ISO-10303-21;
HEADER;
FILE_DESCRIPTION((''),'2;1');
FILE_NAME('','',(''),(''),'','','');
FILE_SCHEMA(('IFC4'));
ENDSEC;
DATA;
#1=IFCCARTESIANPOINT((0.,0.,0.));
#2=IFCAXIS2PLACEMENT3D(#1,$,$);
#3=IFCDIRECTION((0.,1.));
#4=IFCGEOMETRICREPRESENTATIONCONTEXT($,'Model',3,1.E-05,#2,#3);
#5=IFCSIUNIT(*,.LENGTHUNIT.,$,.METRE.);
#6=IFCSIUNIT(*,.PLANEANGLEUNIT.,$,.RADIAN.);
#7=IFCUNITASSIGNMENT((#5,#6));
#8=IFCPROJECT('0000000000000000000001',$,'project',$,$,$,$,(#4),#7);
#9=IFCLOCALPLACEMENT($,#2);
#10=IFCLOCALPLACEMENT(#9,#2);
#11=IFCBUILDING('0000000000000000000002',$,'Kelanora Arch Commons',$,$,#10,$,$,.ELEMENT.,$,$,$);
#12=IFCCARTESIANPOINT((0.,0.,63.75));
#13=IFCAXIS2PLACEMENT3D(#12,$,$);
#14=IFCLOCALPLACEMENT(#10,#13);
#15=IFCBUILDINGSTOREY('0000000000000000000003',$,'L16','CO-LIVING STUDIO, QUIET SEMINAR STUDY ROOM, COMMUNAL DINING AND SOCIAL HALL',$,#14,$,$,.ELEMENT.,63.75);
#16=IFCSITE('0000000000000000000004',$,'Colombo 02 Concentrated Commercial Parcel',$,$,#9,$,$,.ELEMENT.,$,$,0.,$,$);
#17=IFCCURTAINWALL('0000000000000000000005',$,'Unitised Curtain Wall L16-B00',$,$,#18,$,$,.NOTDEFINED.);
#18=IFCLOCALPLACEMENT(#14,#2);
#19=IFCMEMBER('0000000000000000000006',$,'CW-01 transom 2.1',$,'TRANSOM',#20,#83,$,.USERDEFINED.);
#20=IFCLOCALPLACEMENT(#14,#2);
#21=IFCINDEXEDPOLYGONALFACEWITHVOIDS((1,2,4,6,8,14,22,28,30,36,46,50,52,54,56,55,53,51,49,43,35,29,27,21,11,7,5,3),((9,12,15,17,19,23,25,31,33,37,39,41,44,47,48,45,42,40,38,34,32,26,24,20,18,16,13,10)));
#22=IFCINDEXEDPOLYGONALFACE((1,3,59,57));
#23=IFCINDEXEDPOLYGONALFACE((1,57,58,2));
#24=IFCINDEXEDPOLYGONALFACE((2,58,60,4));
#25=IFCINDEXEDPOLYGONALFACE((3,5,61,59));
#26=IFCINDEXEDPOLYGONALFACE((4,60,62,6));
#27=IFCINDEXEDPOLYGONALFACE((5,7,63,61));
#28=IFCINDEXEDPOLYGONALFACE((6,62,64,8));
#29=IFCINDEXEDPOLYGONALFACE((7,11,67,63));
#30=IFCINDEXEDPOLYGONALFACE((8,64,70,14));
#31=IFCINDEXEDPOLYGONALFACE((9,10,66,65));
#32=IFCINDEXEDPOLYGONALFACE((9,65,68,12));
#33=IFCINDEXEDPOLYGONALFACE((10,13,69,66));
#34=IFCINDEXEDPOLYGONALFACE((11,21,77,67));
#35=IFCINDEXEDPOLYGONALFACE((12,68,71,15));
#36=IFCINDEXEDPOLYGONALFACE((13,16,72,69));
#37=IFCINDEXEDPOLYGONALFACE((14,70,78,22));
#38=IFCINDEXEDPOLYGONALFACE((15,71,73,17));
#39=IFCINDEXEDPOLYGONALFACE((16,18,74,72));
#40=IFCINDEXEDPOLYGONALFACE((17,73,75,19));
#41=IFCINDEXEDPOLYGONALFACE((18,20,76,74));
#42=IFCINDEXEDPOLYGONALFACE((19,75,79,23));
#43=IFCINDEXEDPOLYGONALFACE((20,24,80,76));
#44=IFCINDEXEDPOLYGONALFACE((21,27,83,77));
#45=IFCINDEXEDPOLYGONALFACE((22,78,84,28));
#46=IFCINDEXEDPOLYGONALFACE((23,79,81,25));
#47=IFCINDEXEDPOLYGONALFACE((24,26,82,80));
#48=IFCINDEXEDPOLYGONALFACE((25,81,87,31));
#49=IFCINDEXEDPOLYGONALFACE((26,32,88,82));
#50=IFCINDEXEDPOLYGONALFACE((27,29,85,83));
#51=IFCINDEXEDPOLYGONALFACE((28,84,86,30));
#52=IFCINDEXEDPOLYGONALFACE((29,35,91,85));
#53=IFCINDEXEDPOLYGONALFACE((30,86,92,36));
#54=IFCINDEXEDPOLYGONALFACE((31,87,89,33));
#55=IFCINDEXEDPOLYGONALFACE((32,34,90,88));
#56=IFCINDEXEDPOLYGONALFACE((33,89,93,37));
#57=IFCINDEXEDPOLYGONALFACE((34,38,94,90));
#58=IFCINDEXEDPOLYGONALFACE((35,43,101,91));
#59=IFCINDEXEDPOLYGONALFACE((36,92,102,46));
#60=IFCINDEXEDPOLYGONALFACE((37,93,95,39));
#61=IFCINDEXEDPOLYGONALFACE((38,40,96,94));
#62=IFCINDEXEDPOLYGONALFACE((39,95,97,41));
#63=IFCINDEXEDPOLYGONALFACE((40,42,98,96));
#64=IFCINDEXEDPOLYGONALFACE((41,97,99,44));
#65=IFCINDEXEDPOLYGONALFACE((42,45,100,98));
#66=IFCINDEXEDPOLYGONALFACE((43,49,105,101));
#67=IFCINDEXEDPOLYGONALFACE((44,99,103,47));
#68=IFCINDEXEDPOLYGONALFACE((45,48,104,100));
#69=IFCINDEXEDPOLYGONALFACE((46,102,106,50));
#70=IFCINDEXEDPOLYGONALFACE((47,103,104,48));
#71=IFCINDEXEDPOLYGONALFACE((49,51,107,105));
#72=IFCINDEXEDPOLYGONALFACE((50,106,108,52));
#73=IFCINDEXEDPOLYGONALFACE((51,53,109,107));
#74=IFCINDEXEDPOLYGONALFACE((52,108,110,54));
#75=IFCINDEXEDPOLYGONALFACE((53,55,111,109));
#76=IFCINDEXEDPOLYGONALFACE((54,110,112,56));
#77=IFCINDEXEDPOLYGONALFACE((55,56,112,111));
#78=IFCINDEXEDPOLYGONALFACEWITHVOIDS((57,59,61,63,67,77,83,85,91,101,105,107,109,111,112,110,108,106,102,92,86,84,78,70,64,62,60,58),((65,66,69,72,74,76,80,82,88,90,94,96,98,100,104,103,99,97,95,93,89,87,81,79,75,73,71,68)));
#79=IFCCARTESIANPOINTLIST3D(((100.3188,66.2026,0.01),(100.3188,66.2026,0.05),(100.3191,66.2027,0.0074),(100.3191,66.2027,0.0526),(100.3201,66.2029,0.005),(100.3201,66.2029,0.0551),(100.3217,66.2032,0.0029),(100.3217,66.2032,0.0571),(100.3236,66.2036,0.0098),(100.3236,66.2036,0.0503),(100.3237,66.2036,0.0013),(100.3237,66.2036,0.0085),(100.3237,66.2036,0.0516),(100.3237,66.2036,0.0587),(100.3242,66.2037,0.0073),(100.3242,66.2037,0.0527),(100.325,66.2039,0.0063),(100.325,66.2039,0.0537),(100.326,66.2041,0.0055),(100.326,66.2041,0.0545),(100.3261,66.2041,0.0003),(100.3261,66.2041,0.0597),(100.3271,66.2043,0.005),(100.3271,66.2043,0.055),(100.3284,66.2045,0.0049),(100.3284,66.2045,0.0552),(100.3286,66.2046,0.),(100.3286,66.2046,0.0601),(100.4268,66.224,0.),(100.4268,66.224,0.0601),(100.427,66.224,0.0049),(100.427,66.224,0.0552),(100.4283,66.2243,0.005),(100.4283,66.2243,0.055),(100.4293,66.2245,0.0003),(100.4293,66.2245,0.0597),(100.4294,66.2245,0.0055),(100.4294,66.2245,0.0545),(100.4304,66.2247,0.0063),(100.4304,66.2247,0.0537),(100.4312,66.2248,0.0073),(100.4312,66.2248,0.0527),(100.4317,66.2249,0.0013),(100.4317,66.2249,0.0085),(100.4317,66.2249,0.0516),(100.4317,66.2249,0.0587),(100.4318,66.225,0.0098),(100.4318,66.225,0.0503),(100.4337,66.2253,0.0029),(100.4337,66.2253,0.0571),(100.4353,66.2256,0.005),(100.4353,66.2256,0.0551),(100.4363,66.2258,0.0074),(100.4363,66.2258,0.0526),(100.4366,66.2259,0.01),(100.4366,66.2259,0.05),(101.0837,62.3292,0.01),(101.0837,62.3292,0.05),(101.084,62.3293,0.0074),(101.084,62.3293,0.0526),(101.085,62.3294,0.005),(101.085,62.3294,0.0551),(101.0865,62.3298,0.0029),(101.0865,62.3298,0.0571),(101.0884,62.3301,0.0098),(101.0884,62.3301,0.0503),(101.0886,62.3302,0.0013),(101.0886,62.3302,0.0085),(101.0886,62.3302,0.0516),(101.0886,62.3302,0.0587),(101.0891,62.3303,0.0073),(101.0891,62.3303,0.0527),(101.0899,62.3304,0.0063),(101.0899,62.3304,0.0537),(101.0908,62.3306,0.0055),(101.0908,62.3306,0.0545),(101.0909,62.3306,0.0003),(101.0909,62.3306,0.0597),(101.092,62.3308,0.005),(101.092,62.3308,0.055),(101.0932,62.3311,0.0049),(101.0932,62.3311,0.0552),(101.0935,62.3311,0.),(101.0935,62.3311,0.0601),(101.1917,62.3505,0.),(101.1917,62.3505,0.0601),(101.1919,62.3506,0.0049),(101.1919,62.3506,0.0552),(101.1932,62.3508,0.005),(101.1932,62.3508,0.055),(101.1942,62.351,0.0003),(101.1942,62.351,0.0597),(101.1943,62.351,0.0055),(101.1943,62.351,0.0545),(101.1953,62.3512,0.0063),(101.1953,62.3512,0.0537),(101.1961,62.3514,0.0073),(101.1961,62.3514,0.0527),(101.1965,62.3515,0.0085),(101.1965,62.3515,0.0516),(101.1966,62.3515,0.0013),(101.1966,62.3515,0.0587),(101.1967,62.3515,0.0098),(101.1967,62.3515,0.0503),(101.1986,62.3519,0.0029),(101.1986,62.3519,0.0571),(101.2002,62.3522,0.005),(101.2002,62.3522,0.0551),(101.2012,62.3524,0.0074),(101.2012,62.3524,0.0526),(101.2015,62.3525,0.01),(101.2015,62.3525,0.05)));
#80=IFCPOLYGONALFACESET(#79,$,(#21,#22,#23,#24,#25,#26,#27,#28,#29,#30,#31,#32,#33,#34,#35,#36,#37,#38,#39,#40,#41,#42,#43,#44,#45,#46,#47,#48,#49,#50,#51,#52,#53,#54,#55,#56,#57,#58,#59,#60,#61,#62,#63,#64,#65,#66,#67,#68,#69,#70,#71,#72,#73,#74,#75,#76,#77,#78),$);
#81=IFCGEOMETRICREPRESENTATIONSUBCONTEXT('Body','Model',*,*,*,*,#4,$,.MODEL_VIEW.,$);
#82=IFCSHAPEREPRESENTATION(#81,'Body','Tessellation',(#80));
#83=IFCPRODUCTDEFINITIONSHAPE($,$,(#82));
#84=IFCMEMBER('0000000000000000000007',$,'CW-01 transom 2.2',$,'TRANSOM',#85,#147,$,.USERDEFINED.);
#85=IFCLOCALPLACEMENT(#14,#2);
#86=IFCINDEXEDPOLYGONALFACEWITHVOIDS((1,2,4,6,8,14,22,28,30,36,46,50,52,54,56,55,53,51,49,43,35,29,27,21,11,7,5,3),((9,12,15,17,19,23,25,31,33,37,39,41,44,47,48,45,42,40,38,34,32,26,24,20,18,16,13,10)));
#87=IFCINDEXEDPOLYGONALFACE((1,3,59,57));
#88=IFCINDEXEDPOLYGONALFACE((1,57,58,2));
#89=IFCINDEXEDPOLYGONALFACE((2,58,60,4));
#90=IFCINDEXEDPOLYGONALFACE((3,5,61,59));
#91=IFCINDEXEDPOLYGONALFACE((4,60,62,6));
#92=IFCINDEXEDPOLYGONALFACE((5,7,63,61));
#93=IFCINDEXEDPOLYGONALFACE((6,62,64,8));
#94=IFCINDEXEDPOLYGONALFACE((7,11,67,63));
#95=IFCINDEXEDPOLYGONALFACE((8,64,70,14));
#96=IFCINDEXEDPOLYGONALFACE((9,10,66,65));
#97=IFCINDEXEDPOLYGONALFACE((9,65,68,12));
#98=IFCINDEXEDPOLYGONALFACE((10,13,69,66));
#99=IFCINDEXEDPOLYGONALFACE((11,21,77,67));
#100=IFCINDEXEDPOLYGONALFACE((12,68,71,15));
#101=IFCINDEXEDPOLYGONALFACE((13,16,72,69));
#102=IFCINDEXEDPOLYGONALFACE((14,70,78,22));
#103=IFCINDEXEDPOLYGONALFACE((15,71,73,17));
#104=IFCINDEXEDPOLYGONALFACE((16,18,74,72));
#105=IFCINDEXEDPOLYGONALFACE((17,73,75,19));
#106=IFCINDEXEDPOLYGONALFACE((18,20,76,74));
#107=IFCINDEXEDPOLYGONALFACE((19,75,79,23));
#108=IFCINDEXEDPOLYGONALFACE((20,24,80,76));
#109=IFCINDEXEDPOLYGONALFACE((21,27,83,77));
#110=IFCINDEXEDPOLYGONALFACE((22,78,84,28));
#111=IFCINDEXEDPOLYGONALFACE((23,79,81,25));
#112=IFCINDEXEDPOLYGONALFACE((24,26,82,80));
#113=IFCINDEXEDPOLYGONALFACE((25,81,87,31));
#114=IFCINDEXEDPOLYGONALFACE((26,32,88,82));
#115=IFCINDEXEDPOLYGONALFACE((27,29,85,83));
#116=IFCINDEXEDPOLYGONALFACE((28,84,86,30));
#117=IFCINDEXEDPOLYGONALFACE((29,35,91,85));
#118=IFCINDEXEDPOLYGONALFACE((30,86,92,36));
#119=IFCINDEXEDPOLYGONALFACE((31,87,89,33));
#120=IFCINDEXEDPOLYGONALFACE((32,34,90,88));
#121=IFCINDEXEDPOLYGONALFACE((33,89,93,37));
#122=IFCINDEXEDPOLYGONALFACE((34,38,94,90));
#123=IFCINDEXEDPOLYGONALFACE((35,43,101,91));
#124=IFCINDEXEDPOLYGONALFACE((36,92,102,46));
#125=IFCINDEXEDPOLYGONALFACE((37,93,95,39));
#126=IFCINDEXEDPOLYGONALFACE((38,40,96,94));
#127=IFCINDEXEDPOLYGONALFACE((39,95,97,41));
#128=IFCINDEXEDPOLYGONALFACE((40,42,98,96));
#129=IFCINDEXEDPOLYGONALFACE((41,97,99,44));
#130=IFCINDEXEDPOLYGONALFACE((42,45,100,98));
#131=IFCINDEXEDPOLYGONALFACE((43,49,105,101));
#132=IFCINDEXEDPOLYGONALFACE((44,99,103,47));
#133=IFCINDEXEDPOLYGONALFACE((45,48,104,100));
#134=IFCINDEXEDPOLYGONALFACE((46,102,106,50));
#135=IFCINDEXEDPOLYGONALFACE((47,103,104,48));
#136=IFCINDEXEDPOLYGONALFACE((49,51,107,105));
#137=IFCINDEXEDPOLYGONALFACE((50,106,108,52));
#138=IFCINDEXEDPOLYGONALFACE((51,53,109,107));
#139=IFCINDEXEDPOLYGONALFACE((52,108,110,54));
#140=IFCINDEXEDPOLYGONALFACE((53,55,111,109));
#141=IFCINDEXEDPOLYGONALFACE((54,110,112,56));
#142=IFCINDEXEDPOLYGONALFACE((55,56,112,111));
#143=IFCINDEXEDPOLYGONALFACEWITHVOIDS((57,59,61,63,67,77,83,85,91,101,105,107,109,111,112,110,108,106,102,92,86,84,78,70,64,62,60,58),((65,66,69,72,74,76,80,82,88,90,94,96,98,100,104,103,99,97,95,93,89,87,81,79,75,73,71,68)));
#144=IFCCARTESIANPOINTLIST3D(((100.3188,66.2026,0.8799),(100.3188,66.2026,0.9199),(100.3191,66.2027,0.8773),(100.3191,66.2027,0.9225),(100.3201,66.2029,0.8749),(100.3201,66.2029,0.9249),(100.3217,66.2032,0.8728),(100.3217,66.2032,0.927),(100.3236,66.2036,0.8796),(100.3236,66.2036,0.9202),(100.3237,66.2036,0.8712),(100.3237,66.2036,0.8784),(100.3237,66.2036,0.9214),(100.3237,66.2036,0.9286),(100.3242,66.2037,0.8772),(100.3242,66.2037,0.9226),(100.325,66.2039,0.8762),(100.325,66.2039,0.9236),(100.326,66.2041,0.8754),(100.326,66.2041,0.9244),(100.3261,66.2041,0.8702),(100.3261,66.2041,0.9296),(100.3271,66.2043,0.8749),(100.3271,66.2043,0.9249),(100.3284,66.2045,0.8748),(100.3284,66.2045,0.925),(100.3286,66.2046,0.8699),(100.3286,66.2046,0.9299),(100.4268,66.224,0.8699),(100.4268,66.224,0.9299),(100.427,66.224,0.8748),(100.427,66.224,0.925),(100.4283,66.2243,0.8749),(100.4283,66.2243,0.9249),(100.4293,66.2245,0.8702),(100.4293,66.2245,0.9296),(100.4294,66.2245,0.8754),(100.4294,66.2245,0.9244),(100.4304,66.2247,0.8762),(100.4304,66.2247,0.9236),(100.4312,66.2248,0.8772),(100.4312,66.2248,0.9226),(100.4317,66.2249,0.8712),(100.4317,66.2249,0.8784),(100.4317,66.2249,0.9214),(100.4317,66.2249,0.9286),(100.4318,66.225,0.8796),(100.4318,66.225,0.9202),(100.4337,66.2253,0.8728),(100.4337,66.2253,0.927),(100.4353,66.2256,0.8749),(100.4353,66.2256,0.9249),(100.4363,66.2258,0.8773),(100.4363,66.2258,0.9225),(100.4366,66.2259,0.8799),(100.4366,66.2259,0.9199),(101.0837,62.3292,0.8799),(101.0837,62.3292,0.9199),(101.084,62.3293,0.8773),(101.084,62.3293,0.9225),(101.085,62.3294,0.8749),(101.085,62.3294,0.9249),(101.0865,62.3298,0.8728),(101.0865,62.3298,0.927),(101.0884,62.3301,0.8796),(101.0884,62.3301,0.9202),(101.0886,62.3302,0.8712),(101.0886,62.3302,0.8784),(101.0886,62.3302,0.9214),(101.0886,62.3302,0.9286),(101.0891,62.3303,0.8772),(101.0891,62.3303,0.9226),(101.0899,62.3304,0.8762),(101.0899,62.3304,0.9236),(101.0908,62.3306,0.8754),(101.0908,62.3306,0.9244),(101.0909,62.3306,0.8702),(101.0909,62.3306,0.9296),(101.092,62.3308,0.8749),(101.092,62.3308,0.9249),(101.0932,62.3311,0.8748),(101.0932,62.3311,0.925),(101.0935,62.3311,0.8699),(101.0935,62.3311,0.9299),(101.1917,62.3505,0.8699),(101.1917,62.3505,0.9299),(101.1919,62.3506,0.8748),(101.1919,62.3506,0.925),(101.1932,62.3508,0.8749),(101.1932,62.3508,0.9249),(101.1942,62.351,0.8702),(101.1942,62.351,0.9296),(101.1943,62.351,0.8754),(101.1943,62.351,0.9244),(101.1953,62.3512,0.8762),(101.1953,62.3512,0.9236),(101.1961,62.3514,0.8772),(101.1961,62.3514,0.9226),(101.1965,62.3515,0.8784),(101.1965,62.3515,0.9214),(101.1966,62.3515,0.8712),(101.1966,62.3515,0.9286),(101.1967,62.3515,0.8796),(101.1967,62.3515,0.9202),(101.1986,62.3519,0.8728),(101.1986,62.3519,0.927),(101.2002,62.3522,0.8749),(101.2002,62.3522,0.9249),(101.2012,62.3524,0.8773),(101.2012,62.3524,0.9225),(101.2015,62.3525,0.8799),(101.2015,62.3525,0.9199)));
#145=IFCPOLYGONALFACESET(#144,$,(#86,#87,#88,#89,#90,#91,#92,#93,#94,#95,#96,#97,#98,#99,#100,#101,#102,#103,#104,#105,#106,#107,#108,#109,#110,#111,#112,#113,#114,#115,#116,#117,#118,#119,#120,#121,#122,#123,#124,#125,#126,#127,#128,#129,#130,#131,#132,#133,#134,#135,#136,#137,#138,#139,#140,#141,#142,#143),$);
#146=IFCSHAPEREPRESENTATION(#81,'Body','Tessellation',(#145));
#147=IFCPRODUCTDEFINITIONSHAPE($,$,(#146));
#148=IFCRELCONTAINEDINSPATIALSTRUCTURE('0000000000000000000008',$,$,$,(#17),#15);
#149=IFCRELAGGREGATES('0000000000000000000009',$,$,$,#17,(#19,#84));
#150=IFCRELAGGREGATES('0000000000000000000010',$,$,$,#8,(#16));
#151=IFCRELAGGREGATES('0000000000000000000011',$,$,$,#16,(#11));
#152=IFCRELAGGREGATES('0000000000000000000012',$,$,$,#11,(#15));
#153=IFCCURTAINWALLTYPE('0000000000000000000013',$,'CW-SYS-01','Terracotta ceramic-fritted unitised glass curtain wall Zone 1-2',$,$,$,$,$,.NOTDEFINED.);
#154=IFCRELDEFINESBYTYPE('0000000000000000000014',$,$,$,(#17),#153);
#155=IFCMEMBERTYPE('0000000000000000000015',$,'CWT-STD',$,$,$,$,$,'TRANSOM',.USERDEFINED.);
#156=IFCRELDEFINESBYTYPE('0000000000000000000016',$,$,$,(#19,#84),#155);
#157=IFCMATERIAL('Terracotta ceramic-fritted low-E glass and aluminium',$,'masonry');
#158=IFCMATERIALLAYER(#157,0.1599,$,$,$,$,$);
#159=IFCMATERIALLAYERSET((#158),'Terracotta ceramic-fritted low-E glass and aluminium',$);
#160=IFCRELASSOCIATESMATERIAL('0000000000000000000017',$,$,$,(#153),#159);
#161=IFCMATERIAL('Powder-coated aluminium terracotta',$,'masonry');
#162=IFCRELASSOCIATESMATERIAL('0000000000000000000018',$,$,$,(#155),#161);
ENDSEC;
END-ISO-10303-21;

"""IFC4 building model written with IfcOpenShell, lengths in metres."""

from ifc_helpers import new_model, si_unit, direction, frame, origin, origin_2d, place, context, subcontext, project, spatial, hollow_rectangle, extrude, material, layer, layer_set, material_profile, profile_set, type_object, element, aggregate, save


model = new_model("IFC4")

# Units and contexts
model_context = context("Model", 3, precision=1e-05, world=origin(), true_north=direction((0.0, 1.0)))
body_context = subcontext(model_context, "Body", "Model", "MODEL_VIEW")
ifc_project = project(units=[si_unit("LENGTHUNIT", "METRE"), si_unit("PLANEANGLEUNIT", "RADIAN")], contexts=[model_context])

# Site, building, storey
site_placement = place(None, origin())
site = spatial("IfcSite", under=ifc_project, at=site_placement, Name="Colombo 02 Concentrated Commercial Parcel", CompositionType="ELEMENT", RefElevation=0.0)
building_placement = place(site_placement, origin())
building = spatial("IfcBuilding", under=site, at=building_placement, Name="Kelanora Arch Commons", CompositionType="ELEMENT")
storey_placement = place(building_placement, frame((0.0, 0.0, 63.75)))
storey = spatial("IfcBuildingStorey", under=building, at=storey_placement, Name="L16", Description="CO-LIVING STUDIO, QUIET SEMINAR STUDY ROOM, COMMUNAL DINING AND SOCIAL HALL", CompositionType="ELEMENT", Elevation=63.75)

# Curtain wall, members
ifc_material_1 = material(Name="Terracotta ceramic-fritted low-E glass and aluminium", Category="masonry")
ifc_layer_1 = layer(ifc_material_1, 0.1599)
ifc_layer_set_1 = layer_set([ifc_layer_1], Name="Terracotta ceramic-fritted low-E glass and aluminium")
curtain_wall_type = type_object("IfcCurtainWallType", Name="CW-SYS-01", Description="Terracotta ceramic-fritted unitised glass curtain wall Zone 1-2", PredefinedType="NOTDEFINED", material=ifc_layer_set_1)
curtain_wall_placement = place(storey_placement, origin())
curtain_wall = element("IfcCurtainWall", 1, at=curtain_wall_placement, inside=storey, type_object=curtain_wall_type, Name="Unitised Curtain Wall L16-B00", PredefinedType="NOTDEFINED")
ifc_material_2 = material(Name="Powder-coated aluminium terracotta", Category="masonry")
ifc_material_profile_1 = material_profile(ifc_material_2, hollow_rectangle(XDim=0.1201, YDim=0.0601, WallThickness=0.0049, InnerFilletRadius=0.0049, OuterFilletRadius=0.01, at=origin_2d()), Name="CWT120x60")
ifc_profile_set_1 = profile_set([ifc_material_profile_1], Name="Powder-coated aluminium terracotta")
member_type_1 = type_object("IfcMemberType", Name="CWT-STD", ElementType="TRANSOM", PredefinedType="USERDEFINED", material=ifc_profile_set_1)
member_1_placement = place(storey_placement, frame((101.1426, 62.3408, 0.03), z_axis=(-0.193725, 0.981056, 0.0), x_axis=(-0.981056, -0.193725, 0.0)))
member_1 = element("IfcMember", 2, at=member_1_placement, type_object=member_type_1, Name="CW-01 transom 2.1", ObjectType="TRANSOM", PredefinedType="USERDEFINED", context=body_context, shape_type="SweptSolid", body=[
    extrude(hollow_rectangle(XDim=0.1201, YDim=0.0601, WallThickness=0.0049, InnerFilletRadius=0.0049, OuterFilletRadius=0.01, at=origin_2d()), origin(), (0.0, 0.0, 1.0), 3.9482),
])
member_2_placement = place(storey_placement, frame((101.1426, 62.3408, 0.8999), z_axis=(-0.193725, 0.981056, 0.0), x_axis=(-0.981056, -0.193725, 0.0)))
member_2 = element("IfcMember", 3, at=member_2_placement, type_object=member_type_1, Name="CW-01 transom 2.2", ObjectType="TRANSOM", PredefinedType="USERDEFINED", context=body_context, shape_type="SweptSolid", body=[
    extrude(hollow_rectangle(XDim=0.1201, YDim=0.0601, WallThickness=0.0049, InnerFilletRadius=0.0049, OuterFilletRadius=0.01, at=origin_2d()), origin(), (0.0, 0.0, 1.0), 3.9482),
])
aggregate(curtain_wall, [member_1, member_2])

save(model, "model.ifc")
